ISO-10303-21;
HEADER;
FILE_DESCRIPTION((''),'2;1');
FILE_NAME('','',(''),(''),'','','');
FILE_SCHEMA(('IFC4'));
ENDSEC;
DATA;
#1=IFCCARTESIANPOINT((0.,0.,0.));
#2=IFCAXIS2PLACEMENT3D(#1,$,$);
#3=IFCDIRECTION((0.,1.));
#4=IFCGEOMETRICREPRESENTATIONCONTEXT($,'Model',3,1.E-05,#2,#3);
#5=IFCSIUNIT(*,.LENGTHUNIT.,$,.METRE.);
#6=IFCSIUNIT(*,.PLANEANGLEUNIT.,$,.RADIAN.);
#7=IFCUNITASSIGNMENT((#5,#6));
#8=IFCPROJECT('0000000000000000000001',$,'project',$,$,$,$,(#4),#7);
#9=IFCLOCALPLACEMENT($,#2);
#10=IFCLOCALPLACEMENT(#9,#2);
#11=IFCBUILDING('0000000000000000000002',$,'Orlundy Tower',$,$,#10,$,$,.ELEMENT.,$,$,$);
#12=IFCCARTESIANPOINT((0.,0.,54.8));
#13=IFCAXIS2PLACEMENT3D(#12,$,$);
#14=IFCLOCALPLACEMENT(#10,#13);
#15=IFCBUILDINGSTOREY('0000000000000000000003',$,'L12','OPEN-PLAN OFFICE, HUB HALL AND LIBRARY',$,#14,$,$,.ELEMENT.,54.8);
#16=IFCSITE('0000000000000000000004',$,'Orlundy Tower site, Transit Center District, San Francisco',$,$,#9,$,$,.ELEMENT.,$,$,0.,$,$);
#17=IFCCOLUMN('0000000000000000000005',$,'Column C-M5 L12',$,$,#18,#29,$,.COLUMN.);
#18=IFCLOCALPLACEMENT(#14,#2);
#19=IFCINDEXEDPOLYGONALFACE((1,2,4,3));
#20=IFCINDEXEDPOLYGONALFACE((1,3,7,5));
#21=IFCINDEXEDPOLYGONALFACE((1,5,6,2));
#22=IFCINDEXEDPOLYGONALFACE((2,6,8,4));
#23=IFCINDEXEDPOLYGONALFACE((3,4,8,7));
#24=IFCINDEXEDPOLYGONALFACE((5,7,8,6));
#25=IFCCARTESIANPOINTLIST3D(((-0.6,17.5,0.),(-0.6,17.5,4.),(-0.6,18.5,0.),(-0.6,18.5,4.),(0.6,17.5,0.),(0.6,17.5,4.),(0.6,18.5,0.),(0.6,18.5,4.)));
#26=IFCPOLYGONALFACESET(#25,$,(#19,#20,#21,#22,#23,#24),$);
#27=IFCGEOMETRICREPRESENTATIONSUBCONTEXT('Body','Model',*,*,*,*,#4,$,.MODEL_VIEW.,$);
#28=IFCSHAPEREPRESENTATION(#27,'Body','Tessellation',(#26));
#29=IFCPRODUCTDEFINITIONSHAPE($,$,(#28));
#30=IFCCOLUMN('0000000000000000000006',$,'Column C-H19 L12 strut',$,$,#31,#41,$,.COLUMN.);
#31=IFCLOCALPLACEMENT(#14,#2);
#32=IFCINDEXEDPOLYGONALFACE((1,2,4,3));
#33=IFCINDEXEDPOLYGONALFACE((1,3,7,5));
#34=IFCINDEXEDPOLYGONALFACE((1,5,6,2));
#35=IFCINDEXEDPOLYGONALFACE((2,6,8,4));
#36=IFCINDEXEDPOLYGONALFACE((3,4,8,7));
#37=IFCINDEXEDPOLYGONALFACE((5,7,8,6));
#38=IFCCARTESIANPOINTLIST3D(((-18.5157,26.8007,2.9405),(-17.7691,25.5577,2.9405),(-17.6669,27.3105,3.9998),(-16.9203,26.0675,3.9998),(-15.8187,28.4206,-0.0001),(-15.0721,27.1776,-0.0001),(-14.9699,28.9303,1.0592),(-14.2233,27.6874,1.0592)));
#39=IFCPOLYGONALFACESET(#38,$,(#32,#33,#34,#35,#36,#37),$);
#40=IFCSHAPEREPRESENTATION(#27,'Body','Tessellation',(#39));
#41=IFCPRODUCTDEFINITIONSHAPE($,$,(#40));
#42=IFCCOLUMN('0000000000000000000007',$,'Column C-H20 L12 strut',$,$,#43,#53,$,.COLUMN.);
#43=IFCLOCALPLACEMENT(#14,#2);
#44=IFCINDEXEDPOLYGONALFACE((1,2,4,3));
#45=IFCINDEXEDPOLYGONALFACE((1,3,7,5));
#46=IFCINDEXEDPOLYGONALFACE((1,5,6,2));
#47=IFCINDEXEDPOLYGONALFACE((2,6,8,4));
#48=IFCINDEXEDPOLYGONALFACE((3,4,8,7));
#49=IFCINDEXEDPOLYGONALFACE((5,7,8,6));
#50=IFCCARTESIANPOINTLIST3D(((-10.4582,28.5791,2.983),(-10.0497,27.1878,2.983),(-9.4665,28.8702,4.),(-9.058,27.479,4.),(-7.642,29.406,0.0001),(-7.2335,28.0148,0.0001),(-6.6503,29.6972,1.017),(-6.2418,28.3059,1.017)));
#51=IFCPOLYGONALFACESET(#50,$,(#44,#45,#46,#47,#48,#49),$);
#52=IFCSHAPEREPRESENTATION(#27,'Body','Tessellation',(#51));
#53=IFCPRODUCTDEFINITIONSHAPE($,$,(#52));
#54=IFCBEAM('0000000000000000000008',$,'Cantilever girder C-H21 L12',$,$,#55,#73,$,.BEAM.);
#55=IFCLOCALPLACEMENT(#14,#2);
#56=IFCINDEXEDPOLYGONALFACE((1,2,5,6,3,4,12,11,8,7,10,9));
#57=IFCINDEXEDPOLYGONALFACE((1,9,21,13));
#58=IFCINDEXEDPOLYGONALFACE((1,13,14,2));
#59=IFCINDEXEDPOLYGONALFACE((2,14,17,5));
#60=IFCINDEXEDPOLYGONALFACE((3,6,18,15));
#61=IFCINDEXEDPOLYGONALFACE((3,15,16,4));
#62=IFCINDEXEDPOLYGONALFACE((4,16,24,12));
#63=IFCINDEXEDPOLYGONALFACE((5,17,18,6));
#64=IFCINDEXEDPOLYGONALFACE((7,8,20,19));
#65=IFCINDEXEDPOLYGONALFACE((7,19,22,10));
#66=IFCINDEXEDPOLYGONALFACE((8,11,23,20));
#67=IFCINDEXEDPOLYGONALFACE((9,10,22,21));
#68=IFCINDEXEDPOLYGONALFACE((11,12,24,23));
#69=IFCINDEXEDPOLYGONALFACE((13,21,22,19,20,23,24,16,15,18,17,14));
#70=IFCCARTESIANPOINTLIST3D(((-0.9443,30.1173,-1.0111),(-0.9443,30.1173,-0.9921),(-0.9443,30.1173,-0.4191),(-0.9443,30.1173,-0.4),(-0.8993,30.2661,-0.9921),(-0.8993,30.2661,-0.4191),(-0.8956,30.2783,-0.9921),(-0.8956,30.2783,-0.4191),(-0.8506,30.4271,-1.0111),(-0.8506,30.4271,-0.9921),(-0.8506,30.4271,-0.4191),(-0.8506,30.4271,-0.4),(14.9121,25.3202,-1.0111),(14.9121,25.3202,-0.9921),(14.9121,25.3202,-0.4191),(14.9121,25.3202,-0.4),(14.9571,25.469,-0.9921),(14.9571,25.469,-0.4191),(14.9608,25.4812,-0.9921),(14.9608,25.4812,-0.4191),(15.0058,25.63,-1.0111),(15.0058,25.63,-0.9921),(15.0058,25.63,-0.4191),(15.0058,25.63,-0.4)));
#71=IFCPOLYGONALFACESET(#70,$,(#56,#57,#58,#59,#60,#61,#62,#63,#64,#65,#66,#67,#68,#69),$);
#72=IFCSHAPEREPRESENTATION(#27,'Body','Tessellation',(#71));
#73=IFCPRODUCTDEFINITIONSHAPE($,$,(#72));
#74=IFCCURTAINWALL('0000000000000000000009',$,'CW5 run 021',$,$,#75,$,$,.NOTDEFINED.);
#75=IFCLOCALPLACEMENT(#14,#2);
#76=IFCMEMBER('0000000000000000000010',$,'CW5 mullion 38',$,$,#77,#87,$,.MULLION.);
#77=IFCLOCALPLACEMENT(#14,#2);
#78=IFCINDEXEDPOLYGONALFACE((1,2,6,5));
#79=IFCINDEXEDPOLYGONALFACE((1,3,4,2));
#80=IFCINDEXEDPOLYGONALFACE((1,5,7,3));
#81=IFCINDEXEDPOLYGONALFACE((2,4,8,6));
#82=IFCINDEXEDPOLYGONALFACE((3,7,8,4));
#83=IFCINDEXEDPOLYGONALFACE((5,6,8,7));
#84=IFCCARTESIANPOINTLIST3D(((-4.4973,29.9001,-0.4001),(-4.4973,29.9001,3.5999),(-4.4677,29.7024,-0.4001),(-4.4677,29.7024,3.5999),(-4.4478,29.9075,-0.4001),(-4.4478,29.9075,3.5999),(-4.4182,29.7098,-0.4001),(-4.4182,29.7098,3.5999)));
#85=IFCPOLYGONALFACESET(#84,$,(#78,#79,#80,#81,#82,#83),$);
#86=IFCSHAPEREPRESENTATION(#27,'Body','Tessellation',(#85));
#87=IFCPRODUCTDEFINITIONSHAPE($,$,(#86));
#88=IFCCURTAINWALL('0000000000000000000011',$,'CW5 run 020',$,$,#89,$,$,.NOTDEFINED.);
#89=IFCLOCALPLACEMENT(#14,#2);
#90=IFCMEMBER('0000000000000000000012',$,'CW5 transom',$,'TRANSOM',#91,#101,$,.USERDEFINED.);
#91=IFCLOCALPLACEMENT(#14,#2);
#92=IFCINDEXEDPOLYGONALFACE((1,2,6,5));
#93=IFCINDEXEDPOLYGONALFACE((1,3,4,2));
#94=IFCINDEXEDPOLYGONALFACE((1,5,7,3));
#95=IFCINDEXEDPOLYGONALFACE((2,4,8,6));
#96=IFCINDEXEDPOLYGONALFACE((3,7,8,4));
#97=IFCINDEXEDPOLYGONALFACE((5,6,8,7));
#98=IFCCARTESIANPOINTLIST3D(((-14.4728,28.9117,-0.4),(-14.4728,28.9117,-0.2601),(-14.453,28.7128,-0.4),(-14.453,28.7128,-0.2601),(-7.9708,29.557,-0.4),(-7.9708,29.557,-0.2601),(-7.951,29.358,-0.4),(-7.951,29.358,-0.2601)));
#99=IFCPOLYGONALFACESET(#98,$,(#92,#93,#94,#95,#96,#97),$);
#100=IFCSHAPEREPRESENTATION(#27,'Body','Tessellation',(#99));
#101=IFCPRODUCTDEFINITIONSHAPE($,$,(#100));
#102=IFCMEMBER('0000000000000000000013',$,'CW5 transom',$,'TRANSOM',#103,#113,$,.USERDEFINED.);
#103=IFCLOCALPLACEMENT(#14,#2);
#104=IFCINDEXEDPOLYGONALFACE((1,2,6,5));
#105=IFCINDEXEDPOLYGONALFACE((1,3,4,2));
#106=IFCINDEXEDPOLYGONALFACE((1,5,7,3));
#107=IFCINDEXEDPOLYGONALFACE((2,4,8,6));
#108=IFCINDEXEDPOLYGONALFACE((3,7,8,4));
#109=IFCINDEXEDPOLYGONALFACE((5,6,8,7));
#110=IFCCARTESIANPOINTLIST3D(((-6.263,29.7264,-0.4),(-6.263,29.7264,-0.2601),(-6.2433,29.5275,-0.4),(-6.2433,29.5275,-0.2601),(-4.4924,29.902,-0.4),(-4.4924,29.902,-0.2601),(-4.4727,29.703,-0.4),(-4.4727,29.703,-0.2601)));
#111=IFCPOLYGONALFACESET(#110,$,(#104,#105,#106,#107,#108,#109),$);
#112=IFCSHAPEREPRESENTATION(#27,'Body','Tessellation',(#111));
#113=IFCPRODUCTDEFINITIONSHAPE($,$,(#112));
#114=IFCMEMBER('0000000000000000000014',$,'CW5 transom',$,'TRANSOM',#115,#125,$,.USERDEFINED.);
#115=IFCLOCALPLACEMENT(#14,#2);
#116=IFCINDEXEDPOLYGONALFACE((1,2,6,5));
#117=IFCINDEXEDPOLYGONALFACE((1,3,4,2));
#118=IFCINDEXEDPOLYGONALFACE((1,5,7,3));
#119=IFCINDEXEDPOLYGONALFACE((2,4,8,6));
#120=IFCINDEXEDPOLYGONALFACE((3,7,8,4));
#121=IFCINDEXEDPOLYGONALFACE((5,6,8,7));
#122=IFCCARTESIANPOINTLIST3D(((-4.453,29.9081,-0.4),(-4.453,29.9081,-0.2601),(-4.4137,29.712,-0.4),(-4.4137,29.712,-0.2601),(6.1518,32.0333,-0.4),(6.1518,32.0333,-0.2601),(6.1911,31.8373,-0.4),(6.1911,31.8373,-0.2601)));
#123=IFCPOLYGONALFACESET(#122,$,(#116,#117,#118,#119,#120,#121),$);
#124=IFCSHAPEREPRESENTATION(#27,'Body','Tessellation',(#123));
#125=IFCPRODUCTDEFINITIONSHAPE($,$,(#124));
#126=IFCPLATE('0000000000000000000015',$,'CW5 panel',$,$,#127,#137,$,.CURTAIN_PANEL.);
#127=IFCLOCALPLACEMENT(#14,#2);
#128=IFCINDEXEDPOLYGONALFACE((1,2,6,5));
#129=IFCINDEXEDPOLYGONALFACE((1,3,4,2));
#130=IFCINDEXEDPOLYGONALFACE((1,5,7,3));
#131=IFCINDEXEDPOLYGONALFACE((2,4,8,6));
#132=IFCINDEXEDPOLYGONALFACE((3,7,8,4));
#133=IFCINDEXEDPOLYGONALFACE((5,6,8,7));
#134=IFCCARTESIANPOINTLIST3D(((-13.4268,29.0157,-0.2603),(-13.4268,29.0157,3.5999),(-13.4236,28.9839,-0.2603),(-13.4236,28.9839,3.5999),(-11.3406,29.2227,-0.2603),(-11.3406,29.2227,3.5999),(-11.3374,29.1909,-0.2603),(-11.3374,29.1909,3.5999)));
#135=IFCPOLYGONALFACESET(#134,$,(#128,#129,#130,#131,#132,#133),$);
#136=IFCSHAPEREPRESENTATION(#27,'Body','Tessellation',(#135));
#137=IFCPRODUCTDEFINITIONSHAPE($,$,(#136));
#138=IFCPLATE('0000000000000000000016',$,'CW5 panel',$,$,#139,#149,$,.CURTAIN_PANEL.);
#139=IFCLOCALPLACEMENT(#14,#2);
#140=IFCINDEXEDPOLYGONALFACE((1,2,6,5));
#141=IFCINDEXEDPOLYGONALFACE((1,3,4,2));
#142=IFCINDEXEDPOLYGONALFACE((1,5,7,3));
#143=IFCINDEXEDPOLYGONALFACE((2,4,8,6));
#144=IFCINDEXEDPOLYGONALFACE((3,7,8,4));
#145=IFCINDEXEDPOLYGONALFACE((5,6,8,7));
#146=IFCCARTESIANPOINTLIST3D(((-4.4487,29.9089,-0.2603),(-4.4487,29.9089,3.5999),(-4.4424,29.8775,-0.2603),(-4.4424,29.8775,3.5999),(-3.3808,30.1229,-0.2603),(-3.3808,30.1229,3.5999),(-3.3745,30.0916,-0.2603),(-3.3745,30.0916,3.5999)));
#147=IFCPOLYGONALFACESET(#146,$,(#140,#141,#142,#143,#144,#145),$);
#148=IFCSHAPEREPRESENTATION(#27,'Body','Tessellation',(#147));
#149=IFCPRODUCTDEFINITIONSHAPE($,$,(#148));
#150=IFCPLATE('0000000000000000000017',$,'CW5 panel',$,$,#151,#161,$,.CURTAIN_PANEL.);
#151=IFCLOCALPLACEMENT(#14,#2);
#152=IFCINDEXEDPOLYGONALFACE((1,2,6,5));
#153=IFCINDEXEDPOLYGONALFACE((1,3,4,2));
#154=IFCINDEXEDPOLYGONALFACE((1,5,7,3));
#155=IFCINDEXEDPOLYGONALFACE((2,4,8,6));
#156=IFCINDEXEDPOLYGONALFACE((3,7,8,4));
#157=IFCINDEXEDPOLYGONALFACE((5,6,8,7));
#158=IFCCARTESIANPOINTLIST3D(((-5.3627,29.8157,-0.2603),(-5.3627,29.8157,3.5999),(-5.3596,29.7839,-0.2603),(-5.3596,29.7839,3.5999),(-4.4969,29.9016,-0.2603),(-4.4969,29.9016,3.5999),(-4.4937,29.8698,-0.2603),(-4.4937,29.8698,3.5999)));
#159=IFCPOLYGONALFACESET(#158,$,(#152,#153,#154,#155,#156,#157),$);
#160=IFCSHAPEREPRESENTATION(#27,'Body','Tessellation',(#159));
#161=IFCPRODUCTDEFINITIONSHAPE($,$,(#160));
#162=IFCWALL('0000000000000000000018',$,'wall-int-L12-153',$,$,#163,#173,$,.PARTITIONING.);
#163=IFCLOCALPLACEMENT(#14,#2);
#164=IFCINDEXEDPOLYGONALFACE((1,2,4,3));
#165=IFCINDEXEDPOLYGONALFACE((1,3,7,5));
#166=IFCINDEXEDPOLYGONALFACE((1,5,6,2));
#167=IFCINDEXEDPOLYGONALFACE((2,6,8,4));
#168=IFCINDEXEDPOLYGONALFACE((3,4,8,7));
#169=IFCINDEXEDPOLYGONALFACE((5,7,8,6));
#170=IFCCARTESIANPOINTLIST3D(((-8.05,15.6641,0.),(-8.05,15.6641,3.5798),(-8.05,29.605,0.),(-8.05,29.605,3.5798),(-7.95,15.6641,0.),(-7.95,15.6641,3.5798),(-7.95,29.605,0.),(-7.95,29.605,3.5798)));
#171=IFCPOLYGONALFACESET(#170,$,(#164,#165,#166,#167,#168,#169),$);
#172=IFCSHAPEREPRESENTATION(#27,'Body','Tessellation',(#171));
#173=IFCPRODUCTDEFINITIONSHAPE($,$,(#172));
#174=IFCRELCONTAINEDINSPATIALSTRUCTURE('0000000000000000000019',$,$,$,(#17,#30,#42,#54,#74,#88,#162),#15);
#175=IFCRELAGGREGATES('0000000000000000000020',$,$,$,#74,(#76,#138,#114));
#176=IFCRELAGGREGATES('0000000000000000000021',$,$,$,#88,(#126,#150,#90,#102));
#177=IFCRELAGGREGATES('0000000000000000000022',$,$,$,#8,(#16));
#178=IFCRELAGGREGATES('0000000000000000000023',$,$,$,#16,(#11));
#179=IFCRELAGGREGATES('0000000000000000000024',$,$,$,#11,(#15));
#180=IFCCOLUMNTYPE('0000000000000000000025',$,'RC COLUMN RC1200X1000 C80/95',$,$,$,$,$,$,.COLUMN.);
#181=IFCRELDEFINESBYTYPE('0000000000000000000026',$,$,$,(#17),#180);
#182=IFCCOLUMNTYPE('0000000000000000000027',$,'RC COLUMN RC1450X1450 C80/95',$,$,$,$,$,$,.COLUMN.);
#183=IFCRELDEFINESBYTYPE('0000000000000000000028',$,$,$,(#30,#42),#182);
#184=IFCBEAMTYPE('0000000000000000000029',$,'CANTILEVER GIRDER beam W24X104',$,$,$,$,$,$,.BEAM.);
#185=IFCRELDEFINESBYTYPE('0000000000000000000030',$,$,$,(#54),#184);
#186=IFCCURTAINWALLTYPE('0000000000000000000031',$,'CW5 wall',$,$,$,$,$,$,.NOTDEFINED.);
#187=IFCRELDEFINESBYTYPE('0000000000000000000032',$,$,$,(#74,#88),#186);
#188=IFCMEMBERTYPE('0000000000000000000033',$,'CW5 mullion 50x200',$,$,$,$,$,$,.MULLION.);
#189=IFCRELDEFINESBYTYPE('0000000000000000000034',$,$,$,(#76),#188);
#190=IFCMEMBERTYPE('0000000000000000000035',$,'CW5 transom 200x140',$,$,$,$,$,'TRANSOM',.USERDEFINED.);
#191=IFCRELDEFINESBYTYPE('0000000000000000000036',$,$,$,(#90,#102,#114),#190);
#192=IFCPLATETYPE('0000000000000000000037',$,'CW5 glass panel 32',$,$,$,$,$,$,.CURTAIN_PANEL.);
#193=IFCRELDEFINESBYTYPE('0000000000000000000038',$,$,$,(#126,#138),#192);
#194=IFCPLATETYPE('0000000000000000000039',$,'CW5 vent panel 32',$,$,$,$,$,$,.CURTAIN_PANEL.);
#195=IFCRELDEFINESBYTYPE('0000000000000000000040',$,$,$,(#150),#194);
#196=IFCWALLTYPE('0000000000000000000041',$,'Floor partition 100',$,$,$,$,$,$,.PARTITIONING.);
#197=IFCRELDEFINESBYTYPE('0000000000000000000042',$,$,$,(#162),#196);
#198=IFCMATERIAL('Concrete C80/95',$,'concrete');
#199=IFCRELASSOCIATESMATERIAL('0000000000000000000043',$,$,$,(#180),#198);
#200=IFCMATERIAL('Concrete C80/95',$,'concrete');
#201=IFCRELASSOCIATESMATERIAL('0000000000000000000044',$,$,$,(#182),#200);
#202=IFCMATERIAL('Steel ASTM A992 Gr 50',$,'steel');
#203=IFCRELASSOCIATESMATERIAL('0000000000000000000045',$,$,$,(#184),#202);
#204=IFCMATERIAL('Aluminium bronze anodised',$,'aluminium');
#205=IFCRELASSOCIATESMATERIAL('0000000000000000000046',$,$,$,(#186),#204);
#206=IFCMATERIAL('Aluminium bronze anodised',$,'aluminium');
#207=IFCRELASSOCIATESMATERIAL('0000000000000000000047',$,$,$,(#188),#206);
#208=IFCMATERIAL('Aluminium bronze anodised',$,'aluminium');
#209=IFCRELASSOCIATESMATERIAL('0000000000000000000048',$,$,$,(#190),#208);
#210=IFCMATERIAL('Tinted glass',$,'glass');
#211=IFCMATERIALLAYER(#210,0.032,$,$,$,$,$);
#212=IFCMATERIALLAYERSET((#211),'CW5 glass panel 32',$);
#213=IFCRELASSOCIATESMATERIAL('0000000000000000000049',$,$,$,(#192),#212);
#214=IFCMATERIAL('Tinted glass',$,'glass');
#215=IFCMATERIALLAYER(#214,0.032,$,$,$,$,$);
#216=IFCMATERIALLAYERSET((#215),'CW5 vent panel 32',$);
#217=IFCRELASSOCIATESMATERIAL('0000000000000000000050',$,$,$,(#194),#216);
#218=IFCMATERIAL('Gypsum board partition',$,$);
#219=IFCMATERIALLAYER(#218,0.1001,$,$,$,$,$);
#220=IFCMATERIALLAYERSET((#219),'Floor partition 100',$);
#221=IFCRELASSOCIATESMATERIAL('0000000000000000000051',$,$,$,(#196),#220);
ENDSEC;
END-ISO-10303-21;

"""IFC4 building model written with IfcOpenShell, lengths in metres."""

from ifc_helpers import new_model, si_unit, direction, frame, frame_2d, origin, origin_2d, place, context, subcontext, project, spatial, rectangle, i_section, extrude, material, layer, layer_set, material_profile, profile_set, type_object, element, aggregate, save


model = new_model("IFC4")

# Units and contexts
model_context = context("Model", 3, precision=1e-05, world=origin(), true_north=direction((0.0, 1.0)))
body_context = subcontext(model_context, "Body", "Model", "MODEL_VIEW")
ifc_project = project(units=[si_unit("LENGTHUNIT", "METRE"), si_unit("PLANEANGLEUNIT", "RADIAN")], contexts=[model_context])

# Site, building, storey
site_placement = place(None, origin())
site = spatial("IfcSite", under=ifc_project, at=site_placement, Name="Orlundy Tower site, Transit Center District, San Francisco", CompositionType="ELEMENT", RefElevation=0.0)
building_placement = place(site_placement, origin())
building = spatial("IfcBuilding", under=site, at=building_placement, Name="Orlundy Tower", CompositionType="ELEMENT")
storey_placement = place(building_placement, frame((0.0, 0.0, 54.8)))
storey = spatial("IfcBuildingStorey", under=building, at=storey_placement, Name="L12", Description="OPEN-PLAN OFFICE, HUB HALL AND LIBRARY", CompositionType="ELEMENT", Elevation=54.8)

# Columns
ifc_material_1 = material(Name="Concrete C80/95", Category="concrete")
ifc_material_profile_1 = material_profile(ifc_material_1, rectangle(XDim=1.2, YDim=1.0, at=origin_2d()), Name="RC1200X1000")
ifc_profile_set_1 = profile_set([ifc_material_profile_1], Name="Concrete C80/95")
column_type_1 = type_object("IfcColumnType", Name="RC COLUMN RC1200X1000 C80/95", PredefinedType="COLUMN", material=ifc_profile_set_1)
column_1_placement = place(storey_placement, frame((0.0, 18.0, 0.0), z_axis=(0.0, 0.0, 1.0), x_axis=(1.0, 0.0, 0.0)))
element("IfcColumn", 1, at=column_1_placement, inside=storey, type_object=column_type_1, Name="Column C-M5 L12", PredefinedType="COLUMN", context=body_context, shape_type="SweptSolid", body=[
    extrude(rectangle(XDim=1.2, YDim=1.0, at=origin_2d()), origin(), (0.0, 0.0, 1.0), 4.0),
])
ifc_material_2 = material(Name="Concrete C80/95", Category="concrete")
ifc_material_profile_2 = material_profile(ifc_material_2, rectangle(XDim=1.45, YDim=1.45, at=origin_2d()), Name="RC1450X1450")
ifc_profile_set_2 = profile_set([ifc_material_profile_2], Name="Concrete C80/95")
column_type_2 = type_object("IfcColumnType", Name="RC COLUMN RC1450X1450 C80/95", PredefinedType="COLUMN", material=ifc_profile_set_2)
column_2_placement = place(storey_placement, frame((-15.021, 28.054, 0.5295), z_axis=(-0.626275, -0.376151, 0.682854), x_axis=(0.514884, -0.85726, 0.0)))
element("IfcColumn", 2, at=column_2_placement, inside=storey, type_object=column_type_2, Name="Column C-H19 L12 strut", PredefinedType="COLUMN", context=body_context, shape_type="SweptSolid", body=[
    extrude(rectangle(XDim=1.45, YDim=1.45, at=origin_2d()), origin(), (0.0, 0.0, 1.0), 4.3064),
])
column_3_placement = place(storey_placement, frame((-6.9419, 28.856, 0.5085), z_axis=(-0.672955, -0.197599, 0.712802), x_axis=(0.281734, -0.959493, 0.0)))
element("IfcColumn", 3, at=column_3_placement, inside=storey, type_object=column_type_2, Name="Column C-H20 L12 strut", PredefinedType="COLUMN", context=body_context, shape_type="SweptSolid", body=[
    extrude(rectangle(XDim=1.45, YDim=1.45, at=origin_2d()), origin(), (0.0, 0.0, 1.0), 4.1848),
])

# Beam
ifc_material_3 = material(Name="Steel ASTM A992 Gr 50", Category="steel")
ifc_material_profile_3 = material_profile(ifc_material_3, i_section(OverallWidth=0.3237, OverallDepth=0.6111, WebThickness=0.0127, FlangeThickness=0.019, at=origin_2d()), Name="W24X104")
ifc_profile_set_3 = profile_set([ifc_material_profile_3], Name="Steel ASTM A992 Gr 50")
beam_type = type_object("IfcBeamType", Name="CANTILEVER GIRDER beam W24X104", PredefinedType="BEAM", material=ifc_profile_set_3)
beam_placement = place(storey_placement, frame((-0.8975, 30.2722, -0.7056), z_axis=(0.957156, -0.289573, 0.0), x_axis=(0.289573, 0.957156, 0.0)))
element("IfcBeam", 4, at=beam_placement, inside=storey, type_object=beam_type, Name="Cantilever girder C-H21 L12", PredefinedType="BEAM", context=body_context, shape_type="SweptSolid", body=[
    extrude(i_section(OverallWidth=0.3237, OverallDepth=0.6111, WebThickness=0.0127, FlangeThickness=0.019, at=origin_2d()), origin(), (0.0, 0.0, 1.0), 16.5662),
])

# Curtain wall, member
ifc_material_4 = material(Name="Aluminium bronze anodised", Category="aluminium")
curtain_wall_type = type_object("IfcCurtainWallType", Name="CW5 wall", PredefinedType="NOTDEFINED", material=ifc_material_4)
curtain_wall_1_placement = place(storey_placement, origin())
curtain_wall_1 = element("IfcCurtainWall", 5, at=curtain_wall_1_placement, inside=storey, type_object=curtain_wall_type, Name="CW5 run 021", PredefinedType="NOTDEFINED")
ifc_material_5 = material(Name="Aluminium bronze anodised", Category="aluminium")
ifc_material_profile_4 = material_profile(ifc_material_5, rectangle(XDim=0.2, YDim=0.05, at=origin_2d()), Name="CW5 mullion 50x200")
ifc_profile_set_4 = profile_set([ifc_material_profile_4], Name="Aluminium bronze anodised")
member_type_1 = type_object("IfcMemberType", Name="CW5 mullion 50x200", PredefinedType="MULLION", material=ifc_profile_set_4)
member_1_placement = place(storey_placement, frame((-4.4578, 29.8049, -0.4001), z_axis=(0.0, 0.0, 1.0), x_axis=(-0.147808, 0.989016, 0.0)))
member_1 = element("IfcMember", 6, at=member_1_placement, type_object=member_type_1, Name="CW5 mullion 38", PredefinedType="MULLION", context=body_context, shape_type="SweptSolid", body=[
    extrude(rectangle(XDim=0.2, YDim=0.05, at=origin_2d()), origin(), (0.0, 0.0, 1.0), 4.0),
])

# Curtain wall, members
curtain_wall_2_placement = place(storey_placement, origin())
curtain_wall_2 = element("IfcCurtainWall", 7, at=curtain_wall_2_placement, inside=storey, type_object=curtain_wall_type, Name="CW5 run 020", PredefinedType="NOTDEFINED")
ifc_material_6 = material(Name="Aluminium bronze anodised", Category="aluminium")
ifc_material_profile_5 = material_profile(ifc_material_6, rectangle(XDim=0.2, YDim=0.1399, at=origin_2d()), Name="CW5 transom 200x140")
ifc_profile_set_5 = profile_set([ifc_material_profile_5], Name="Aluminium bronze anodised")
member_type_2 = type_object("IfcMemberType", Name="CW5 transom 200x140", ElementType="TRANSOM", PredefinedType="USERDEFINED", material=ifc_profile_set_5)
member_2_placement = place(storey_placement, frame((-14.4629, 28.8123, -0.3301), z_axis=(0.995112, 0.098756, 0.0), x_axis=(-0.098756, 0.995112, 0.0)))
member_2 = element("IfcMember", 8, at=member_2_placement, type_object=member_type_2, Name="CW5 transom", ObjectType="TRANSOM", PredefinedType="USERDEFINED", context=body_context, shape_type="SweptSolid", body=[
    extrude(rectangle(XDim=0.2, YDim=0.1399, at=origin_2d()), origin(), (0.0, 0.0, 1.0), 6.5339),
])
member_3_placement = place(storey_placement, frame((-6.2532, 29.627, -0.3301), z_axis=(0.995121, 0.098661, 0.0), x_axis=(-0.098661, 0.995121, 0.0)))
member_3 = element("IfcMember", 9, at=member_3_placement, type_object=member_type_2, Name="CW5 transom", ObjectType="TRANSOM", PredefinedType="USERDEFINED", context=body_context, shape_type="SweptSolid", body=[
    extrude(rectangle(XDim=0.2, YDim=0.1399, at=origin_2d()), origin(), (0.0, 0.0, 1.0), 1.7793),
])

# Member
member_4_placement = place(storey_placement, frame((-4.4333, 29.8101, -0.3301), z_axis=(0.980504, 0.196498, 0.0), x_axis=(-0.196498, 0.980504, 0.0)))
member_4 = element("IfcMember", 10, at=member_4_placement, type_object=member_type_2, Name="CW5 transom", ObjectType="TRANSOM", PredefinedType="USERDEFINED", context=body_context, shape_type="SweptSolid", body=[
    extrude(rectangle(XDim=0.2, YDim=0.1399, at=origin_2d()), origin(), (0.0, 0.0, 1.0), 10.8157),
])

# Plates
ifc_material_7 = material(Name="Tinted glass", Category="glass")
ifc_layer_1 = layer(ifc_material_7, 0.032)
ifc_layer_set_1 = layer_set([ifc_layer_1], Name="CW5 glass panel 32")
plate_type_1 = type_object("IfcPlateType", Name="CW5 glass panel 32", PredefinedType="CURTAIN_PANEL", material=ifc_layer_set_1)
plate_1_placement = place(storey_placement, frame((-12.3821, 29.1033, -0.2603), z_axis=(0.0, 0.0, 1.0), x_axis=(0.995114, 0.098734, 0.0)))
plate_1 = element("IfcPlate", 11, at=plate_1_placement, type_object=plate_type_1, Name="CW5 panel", PredefinedType="CURTAIN_PANEL", context=body_context, shape_type="SweptSolid", body=[
    extrude(rectangle(XDim=2.0964, YDim=0.032, at=origin_2d()), origin(), (0.0, 0.0, 1.0), 3.8601),
])
plate_2_placement = place(storey_placement, frame((-3.9116, 30.0002, -0.2603), z_axis=(0.0, 0.0, 1.0), x_axis=(0.9805, 0.19652, 0.0)))
plate_2 = element("IfcPlate", 12, at=plate_2_placement, type_object=plate_type_1, Name="CW5 panel", PredefinedType="CURTAIN_PANEL", context=body_context, shape_type="SweptSolid", body=[
    extrude(rectangle(XDim=1.0891, YDim=0.032, at=origin_2d()), origin(), (0.0, 0.0, 1.0), 3.8601),
])
aggregate(curtain_wall_1, [member_1, plate_2, member_4])
ifc_material_8 = material(Name="Tinted glass", Category="glass")
ifc_layer_2 = layer(ifc_material_8, 0.032)
ifc_layer_set_2 = layer_set([ifc_layer_2], Name="CW5 vent panel 32")
plate_type_2 = type_object("IfcPlateType", Name="CW5 vent panel 32", PredefinedType="CURTAIN_PANEL", material=ifc_layer_set_2)
plate_3_placement = place(storey_placement, frame((-4.9282, 29.8428, -0.2603), z_axis=(0.0, 0.0, 1.0), x_axis=(0.995114, 0.098734, 0.0)))
plate_3 = element("IfcPlate", 13, at=plate_3_placement, type_object=plate_type_2, Name="CW5 panel", PredefinedType="CURTAIN_PANEL", context=body_context, shape_type="SweptSolid", body=[
    extrude(rectangle(XDim=0.8701, YDim=0.032, at=origin_2d()), origin(), (0.0, 0.0, 1.0), 3.8601),
])
aggregate(curtain_wall_2, [plate_1, plate_3, member_2, member_3])

# Wall
ifc_material_9 = material(Name="Gypsum board partition")
ifc_layer_3 = layer(ifc_material_9, 0.1001)
ifc_layer_set_3 = layer_set([ifc_layer_3], Name="Floor partition 100")
wall_type_1 = type_object("IfcWallType", Name="Floor partition 100", PredefinedType="PARTITIONING", material=ifc_layer_set_3)
wall_1_placement = place(storey_placement, frame((-8.0, 15.6641, 0.0), z_axis=(0.0, 0.0, 1.0), x_axis=(0.0, 1.0, 0.0)))
element("IfcWall", 14, at=wall_1_placement, inside=storey, type_object=wall_type_1, Name="wall-int-L12-153", PredefinedType="PARTITIONING", context=body_context, shape_type="SweptSolid", body=[
    extrude(rectangle(XDim=13.9409, YDim=0.1001, at=frame_2d((6.9705, 0.0))), origin(), (0.0, 0.0, 1.0), 3.5798),
])

save(model, "model.ifc")
